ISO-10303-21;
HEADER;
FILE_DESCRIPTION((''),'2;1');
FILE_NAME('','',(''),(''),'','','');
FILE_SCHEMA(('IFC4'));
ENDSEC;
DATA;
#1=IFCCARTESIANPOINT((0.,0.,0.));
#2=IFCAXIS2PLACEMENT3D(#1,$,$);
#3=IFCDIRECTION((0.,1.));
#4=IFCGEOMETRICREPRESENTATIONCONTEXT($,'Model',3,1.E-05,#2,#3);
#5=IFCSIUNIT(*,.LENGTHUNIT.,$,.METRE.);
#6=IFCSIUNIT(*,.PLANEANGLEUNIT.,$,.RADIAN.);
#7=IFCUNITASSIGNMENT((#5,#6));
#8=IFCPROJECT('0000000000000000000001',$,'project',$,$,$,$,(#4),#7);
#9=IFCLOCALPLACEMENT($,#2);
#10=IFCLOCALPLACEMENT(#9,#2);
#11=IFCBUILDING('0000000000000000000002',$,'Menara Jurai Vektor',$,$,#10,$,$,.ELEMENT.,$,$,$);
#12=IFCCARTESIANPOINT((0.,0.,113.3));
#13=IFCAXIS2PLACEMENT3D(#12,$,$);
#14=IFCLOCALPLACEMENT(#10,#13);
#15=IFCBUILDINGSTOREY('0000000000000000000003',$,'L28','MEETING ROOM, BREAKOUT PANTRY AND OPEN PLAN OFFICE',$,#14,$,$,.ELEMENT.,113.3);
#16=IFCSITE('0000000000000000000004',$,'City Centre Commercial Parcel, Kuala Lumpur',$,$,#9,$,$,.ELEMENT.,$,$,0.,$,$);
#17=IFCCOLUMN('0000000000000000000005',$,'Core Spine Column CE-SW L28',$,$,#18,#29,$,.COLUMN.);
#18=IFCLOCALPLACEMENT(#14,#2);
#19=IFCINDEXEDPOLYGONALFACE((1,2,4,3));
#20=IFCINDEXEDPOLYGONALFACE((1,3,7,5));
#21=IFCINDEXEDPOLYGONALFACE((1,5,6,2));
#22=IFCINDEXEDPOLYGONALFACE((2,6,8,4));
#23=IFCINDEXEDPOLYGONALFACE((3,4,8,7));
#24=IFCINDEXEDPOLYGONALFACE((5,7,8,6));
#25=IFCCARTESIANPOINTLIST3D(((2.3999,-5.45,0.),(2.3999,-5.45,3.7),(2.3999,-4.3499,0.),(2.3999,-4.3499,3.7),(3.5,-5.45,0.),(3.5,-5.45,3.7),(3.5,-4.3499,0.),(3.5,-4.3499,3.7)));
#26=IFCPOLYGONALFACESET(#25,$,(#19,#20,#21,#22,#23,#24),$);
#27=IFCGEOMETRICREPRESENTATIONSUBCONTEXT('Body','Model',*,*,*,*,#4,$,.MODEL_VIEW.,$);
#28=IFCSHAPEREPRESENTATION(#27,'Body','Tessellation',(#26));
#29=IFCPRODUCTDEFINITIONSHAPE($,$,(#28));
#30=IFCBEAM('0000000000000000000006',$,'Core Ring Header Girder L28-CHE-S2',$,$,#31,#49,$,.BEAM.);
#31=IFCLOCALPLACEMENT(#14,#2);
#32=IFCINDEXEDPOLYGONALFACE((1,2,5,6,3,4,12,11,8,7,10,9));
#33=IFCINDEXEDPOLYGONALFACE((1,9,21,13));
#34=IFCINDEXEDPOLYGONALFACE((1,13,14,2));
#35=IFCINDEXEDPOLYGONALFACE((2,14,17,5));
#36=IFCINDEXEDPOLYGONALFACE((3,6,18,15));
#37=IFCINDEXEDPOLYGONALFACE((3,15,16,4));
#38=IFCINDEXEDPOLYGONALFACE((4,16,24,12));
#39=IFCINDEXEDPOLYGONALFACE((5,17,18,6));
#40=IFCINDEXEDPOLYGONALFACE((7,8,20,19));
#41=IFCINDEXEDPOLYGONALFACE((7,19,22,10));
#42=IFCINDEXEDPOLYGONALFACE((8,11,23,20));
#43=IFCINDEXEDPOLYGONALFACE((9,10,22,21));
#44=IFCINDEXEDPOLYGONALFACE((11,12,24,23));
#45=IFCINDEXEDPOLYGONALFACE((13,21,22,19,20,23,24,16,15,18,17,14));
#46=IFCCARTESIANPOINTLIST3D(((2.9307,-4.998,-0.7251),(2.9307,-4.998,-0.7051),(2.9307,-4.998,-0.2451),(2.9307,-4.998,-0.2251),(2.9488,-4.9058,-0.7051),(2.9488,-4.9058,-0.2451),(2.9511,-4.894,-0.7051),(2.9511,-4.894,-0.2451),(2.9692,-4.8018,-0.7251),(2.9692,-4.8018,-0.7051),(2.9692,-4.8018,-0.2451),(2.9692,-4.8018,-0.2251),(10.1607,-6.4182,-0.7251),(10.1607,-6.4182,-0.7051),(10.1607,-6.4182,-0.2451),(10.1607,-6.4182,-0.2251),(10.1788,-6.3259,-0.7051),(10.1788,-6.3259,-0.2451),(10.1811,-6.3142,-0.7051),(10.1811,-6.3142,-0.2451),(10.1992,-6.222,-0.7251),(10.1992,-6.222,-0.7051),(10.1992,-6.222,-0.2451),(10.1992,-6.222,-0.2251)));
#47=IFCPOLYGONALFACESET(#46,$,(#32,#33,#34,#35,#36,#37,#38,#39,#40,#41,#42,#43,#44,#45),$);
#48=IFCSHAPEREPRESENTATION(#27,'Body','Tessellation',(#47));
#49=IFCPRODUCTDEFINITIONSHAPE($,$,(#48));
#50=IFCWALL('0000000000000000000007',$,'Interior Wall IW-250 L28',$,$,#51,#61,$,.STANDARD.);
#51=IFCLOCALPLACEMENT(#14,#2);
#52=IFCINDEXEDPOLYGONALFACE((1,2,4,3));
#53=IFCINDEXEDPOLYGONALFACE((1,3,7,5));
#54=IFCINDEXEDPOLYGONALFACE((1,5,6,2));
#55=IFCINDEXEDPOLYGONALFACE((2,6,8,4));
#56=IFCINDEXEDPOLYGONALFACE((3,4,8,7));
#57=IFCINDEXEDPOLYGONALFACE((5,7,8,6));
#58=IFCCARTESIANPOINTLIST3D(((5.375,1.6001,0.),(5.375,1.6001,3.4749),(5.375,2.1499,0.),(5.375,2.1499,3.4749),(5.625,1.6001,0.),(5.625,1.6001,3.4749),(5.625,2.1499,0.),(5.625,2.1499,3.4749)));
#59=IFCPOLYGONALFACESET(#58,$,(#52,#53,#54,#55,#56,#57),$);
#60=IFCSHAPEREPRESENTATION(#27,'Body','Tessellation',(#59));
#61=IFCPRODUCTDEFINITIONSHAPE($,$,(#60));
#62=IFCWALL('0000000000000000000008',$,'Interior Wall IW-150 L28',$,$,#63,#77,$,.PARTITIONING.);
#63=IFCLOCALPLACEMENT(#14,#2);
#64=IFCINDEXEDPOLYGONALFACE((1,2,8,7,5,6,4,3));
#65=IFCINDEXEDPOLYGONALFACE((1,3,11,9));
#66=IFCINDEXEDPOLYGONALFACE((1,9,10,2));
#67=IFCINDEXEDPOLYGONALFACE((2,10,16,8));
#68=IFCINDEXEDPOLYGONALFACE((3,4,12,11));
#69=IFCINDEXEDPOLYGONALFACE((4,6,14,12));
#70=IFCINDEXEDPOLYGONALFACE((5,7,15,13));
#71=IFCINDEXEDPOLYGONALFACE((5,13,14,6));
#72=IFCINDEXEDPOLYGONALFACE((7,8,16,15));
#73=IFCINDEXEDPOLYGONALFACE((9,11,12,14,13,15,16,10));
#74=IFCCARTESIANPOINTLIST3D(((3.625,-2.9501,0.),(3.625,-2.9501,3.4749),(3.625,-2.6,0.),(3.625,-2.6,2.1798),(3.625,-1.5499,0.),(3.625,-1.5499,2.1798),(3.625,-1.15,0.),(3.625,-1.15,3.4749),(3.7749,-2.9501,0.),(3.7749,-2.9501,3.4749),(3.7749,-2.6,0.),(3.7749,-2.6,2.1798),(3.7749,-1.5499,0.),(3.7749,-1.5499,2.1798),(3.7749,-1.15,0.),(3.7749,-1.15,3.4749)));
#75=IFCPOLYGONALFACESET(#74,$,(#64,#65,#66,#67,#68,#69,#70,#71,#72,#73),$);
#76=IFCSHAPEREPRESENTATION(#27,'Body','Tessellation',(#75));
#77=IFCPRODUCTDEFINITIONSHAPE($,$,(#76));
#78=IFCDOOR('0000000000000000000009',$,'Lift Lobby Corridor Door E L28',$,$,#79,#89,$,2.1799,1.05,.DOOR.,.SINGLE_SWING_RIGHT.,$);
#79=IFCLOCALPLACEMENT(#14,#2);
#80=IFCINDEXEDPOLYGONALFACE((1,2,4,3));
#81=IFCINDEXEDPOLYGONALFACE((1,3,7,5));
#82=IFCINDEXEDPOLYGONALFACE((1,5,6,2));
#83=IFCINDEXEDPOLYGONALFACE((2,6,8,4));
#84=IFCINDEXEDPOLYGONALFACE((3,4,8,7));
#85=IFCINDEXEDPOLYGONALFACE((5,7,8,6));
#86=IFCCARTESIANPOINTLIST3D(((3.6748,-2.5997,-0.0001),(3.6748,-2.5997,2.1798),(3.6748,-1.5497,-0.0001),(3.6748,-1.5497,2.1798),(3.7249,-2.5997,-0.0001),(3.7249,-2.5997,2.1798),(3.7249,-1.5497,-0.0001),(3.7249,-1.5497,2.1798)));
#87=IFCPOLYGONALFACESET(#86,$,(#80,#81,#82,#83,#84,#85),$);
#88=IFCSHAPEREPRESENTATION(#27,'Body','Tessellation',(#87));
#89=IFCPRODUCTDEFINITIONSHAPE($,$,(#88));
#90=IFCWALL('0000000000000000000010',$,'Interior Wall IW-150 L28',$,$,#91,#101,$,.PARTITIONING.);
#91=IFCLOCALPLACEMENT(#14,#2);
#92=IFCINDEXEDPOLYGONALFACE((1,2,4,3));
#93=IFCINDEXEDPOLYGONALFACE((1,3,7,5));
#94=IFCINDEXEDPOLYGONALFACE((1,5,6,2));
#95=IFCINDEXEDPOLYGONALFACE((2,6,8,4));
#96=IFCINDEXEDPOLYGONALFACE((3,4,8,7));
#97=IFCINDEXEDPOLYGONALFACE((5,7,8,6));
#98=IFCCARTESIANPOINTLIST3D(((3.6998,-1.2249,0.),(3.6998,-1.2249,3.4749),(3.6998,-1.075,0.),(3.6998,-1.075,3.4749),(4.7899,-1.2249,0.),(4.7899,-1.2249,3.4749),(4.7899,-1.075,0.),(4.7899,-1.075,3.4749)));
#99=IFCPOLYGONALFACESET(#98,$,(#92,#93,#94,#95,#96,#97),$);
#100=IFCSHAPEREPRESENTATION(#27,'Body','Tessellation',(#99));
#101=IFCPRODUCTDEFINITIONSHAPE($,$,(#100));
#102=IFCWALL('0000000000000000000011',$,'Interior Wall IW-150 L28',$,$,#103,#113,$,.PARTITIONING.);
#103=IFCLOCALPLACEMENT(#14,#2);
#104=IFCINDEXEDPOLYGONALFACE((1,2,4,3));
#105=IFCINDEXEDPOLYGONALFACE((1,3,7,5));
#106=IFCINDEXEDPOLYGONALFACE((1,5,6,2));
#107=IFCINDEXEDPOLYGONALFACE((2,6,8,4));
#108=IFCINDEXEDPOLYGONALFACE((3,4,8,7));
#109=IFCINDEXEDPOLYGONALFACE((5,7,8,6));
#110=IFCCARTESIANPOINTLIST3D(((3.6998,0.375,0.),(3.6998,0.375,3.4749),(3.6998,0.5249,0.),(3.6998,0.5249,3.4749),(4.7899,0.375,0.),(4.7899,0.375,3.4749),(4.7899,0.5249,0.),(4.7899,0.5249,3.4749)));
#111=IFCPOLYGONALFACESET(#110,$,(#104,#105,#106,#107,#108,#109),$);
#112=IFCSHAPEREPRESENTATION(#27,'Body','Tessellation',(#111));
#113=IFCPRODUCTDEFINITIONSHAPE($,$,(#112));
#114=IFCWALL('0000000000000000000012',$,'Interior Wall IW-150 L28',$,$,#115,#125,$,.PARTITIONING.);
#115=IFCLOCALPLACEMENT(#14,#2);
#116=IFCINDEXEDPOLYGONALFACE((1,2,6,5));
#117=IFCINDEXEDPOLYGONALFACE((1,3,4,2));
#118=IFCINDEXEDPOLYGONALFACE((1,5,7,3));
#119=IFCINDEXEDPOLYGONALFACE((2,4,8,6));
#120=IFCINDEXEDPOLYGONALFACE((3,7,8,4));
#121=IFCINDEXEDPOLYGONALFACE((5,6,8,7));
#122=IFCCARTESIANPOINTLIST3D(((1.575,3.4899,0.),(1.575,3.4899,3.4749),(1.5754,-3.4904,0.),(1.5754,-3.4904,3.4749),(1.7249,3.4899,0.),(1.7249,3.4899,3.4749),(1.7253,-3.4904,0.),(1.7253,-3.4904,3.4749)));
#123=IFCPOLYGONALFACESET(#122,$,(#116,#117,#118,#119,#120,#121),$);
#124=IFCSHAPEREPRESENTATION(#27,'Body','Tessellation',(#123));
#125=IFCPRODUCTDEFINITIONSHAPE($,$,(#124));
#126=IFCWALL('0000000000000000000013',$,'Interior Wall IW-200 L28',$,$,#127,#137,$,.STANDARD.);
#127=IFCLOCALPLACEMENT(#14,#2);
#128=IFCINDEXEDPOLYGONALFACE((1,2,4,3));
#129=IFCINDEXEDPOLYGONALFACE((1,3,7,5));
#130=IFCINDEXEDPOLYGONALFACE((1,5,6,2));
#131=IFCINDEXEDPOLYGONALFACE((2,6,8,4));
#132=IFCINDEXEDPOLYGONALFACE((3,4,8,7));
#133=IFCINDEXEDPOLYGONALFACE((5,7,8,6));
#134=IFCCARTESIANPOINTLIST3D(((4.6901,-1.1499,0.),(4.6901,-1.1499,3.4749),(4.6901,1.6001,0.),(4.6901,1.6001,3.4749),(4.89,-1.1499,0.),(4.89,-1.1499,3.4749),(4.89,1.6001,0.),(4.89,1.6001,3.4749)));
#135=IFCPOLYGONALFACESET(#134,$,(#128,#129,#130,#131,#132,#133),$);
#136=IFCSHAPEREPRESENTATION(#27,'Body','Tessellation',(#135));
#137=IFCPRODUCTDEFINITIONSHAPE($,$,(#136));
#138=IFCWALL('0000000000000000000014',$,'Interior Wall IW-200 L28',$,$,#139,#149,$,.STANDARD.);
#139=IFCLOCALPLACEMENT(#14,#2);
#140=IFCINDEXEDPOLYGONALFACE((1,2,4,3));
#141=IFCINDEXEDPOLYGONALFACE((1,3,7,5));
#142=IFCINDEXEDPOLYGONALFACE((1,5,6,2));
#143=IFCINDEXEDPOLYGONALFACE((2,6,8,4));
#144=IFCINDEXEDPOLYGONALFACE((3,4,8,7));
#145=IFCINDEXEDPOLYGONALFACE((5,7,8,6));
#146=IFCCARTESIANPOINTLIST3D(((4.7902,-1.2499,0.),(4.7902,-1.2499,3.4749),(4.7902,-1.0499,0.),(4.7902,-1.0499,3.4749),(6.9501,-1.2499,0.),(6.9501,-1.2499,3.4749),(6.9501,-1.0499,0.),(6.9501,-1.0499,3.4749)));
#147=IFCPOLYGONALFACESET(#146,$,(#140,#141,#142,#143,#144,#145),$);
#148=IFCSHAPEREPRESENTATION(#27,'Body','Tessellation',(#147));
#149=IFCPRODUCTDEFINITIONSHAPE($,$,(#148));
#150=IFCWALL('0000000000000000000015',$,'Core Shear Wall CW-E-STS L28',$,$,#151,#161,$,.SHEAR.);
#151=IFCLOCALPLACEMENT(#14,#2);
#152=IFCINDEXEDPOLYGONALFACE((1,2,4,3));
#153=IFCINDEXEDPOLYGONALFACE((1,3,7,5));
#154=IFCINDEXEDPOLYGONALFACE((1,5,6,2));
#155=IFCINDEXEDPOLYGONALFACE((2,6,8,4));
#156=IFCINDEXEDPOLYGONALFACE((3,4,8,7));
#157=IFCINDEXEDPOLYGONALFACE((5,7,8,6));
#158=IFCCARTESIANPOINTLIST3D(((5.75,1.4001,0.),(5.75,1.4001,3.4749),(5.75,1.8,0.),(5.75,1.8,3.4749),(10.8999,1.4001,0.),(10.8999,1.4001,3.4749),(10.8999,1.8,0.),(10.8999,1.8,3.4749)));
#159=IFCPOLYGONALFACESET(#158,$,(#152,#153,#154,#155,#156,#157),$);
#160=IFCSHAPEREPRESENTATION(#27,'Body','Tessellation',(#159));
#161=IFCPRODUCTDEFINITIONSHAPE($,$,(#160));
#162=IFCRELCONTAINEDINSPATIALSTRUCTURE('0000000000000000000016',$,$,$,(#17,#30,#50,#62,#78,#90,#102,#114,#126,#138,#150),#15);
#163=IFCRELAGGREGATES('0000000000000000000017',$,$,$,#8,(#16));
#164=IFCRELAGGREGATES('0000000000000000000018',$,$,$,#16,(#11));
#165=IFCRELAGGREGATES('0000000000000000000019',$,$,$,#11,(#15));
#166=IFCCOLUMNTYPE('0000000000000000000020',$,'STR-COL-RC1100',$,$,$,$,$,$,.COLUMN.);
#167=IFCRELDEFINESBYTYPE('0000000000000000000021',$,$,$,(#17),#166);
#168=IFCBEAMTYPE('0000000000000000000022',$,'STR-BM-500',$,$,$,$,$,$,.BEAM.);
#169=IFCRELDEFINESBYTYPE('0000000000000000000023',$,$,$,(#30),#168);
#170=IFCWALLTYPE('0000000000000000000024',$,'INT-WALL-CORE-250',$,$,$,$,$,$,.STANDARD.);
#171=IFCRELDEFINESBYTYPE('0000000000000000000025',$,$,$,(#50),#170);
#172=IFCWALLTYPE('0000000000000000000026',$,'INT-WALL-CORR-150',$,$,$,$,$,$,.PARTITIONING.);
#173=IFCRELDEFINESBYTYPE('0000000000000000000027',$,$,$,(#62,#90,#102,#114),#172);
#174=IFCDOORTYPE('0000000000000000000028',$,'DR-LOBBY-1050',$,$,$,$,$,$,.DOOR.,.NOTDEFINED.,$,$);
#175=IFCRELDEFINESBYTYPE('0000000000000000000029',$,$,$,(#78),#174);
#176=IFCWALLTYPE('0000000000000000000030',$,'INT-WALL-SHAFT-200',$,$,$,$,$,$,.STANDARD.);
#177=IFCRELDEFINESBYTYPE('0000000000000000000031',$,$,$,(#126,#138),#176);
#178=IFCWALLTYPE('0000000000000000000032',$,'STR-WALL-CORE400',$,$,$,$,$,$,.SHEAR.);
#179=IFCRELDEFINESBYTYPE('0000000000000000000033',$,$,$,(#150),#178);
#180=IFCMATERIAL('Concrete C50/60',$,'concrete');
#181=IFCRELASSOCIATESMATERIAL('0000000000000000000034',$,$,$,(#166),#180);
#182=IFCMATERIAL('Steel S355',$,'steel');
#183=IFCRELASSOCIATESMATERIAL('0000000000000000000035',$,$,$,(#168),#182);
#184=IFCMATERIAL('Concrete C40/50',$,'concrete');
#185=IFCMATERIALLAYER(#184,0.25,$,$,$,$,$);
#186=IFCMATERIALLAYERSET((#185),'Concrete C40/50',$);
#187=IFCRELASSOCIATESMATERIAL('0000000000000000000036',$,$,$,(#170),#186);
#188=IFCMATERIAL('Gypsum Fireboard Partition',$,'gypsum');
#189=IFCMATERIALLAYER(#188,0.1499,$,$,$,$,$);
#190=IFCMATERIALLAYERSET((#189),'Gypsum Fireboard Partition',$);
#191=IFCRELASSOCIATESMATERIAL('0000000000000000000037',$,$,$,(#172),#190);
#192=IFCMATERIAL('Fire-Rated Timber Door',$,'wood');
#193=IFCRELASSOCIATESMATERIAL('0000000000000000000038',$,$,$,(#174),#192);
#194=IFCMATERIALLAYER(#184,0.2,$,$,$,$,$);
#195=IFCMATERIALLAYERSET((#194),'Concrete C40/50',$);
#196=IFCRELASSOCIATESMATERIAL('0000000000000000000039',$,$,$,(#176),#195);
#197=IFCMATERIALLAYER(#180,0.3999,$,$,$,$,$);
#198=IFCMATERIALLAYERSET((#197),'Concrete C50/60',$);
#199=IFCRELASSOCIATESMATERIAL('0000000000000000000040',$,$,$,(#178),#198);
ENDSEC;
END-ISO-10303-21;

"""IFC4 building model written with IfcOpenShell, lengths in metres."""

from ifc_helpers import new_model, si_unit, direction, frame, frame_2d, origin, origin_2d, place, context, subcontext, project, spatial, rectangle, i_section, extrude, material, layer, layer_set, material_profile, profile_set, type_object, element, fill, save


model = new_model("IFC4")

# Units and contexts
model_context = context("Model", 3, precision=1e-05, world=origin(), true_north=direction((0.0, 1.0)))
body_context = subcontext(model_context, "Body", "Model", "MODEL_VIEW")
ifc_project = project(units=[si_unit("LENGTHUNIT", "METRE"), si_unit("PLANEANGLEUNIT", "RADIAN")], contexts=[model_context])

# Site, building, storey
site_placement = place(None, origin())
site = spatial("IfcSite", under=ifc_project, at=site_placement, Name="City Centre Commercial Parcel, Kuala Lumpur", CompositionType="ELEMENT", RefElevation=0.0)
building_placement = place(site_placement, origin())
building = spatial("IfcBuilding", under=site, at=building_placement, Name="Menara Jurai Vektor", CompositionType="ELEMENT")
storey_placement = place(building_placement, frame((0.0, 0.0, 113.3)))
storey = spatial("IfcBuildingStorey", under=building, at=storey_placement, Name="L28", Description="MEETING ROOM, BREAKOUT PANTRY AND OPEN PLAN OFFICE", CompositionType="ELEMENT", Elevation=113.3)

# Column
ifc_material_1 = material(Name="Concrete C50/60", Category="concrete")
ifc_material_profile_1 = material_profile(ifc_material_1, rectangle(XDim=1.1001, YDim=1.1001, at=origin_2d()), Name="RC 1100x1100")
ifc_profile_set_1 = profile_set([ifc_material_profile_1], Name="Concrete C50/60")
column_type = type_object("IfcColumnType", Name="STR-COL-RC1100", PredefinedType="COLUMN", material=ifc_profile_set_1)
column_placement = place(storey_placement, frame((2.95, -4.8999, 0.0), z_axis=(0.0, 0.0, 1.0), x_axis=(1.0, 0.0, 0.0)))
element("IfcColumn", 1, at=column_placement, inside=storey, type_object=column_type, Name="Core Spine Column CE-SW L28", PredefinedType="COLUMN", context=body_context, shape_type="SweptSolid", body=[
    extrude(rectangle(XDim=1.1001, YDim=1.1001, at=origin_2d()), origin(), (0.0, 0.0, 1.0), 3.7),
])

# Beam
ifc_material_2 = material(Name="Steel S355", Category="steel")
ifc_material_profile_2 = material_profile(ifc_material_2, i_section(OverallWidth=0.2, OverallDepth=0.5, WebThickness=0.012, FlangeThickness=0.02, at=origin_2d()), Name="PG 500x200x96")
ifc_profile_set_2 = profile_set([ifc_material_profile_2], Name="Steel S355")
beam_type = type_object("IfcBeamType", Name="STR-BM-500", PredefinedType="BEAM", material=ifc_profile_set_2)
beam_placement = place(storey_placement, frame((2.95, -4.8999, -0.4751), z_axis=(0.981249, -0.192744, 0.0), x_axis=(0.192744, 0.981249, 0.0)))
element("IfcBeam", 2, at=beam_placement, inside=storey, type_object=beam_type, Name="Core Ring Header Girder L28-CHE-S2", PredefinedType="BEAM", context=body_context, shape_type="SweptSolid", body=[
    extrude(i_section(OverallWidth=0.2, OverallDepth=0.5, WebThickness=0.012, FlangeThickness=0.02, at=origin_2d()), origin(), (0.0, 0.0, 1.0), 7.3682),
])

# Wall
ifc_material_3 = material(Name="Concrete C40/50", Category="concrete")
ifc_layer_1 = layer(ifc_material_3, 0.25)
ifc_layer_set_1 = layer_set([ifc_layer_1], Name="Concrete C40/50")
wall_type_1 = type_object("IfcWallType", Name="INT-WALL-CORE-250", PredefinedType="STANDARD", material=ifc_layer_set_1)
wall_1_placement = place(storey_placement, frame((5.5, 1.6001, 0.0), z_axis=(0.0, 0.0, 1.0), x_axis=(0.0, 1.0, 0.0)))
element("IfcWall", 3, at=wall_1_placement, inside=storey, type_object=wall_type_1, Name="Interior Wall IW-250 L28", PredefinedType="STANDARD", context=body_context, shape_type="SweptSolid", body=[
    extrude(rectangle(XDim=0.5498, YDim=0.25, at=frame_2d((0.2749, 0.0))), origin(), (0.0, 0.0, 1.0), 3.4749),
])

# Wall, opening, door
ifc_material_4 = material(Name="Gypsum Fireboard Partition", Category="gypsum")
ifc_layer_2 = layer(ifc_material_4, 0.1499)
ifc_layer_set_2 = layer_set([ifc_layer_2], Name="Gypsum Fireboard Partition")
wall_type_2 = type_object("IfcWallType", Name="INT-WALL-CORR-150", PredefinedType="PARTITIONING", material=ifc_layer_set_2)
wall_2_placement = place(storey_placement, frame((3.7, -2.95, 0.0), z_axis=(0.0, 0.0, 1.0), x_axis=(0.0, 1.0, 0.0)))
wall_2 = element("IfcWall", 4, at=wall_2_placement, inside=storey, type_object=wall_type_2, Name="Interior Wall IW-150 L28", PredefinedType="PARTITIONING", context=body_context, shape_type="SweptSolid", body=[
    extrude(rectangle(XDim=1.8, YDim=0.1499, at=frame_2d((0.8999, 0.0))), origin(), (0.0, 0.0, 1.0), 3.4749),
])
opening_1_placement = place(wall_2_placement, frame((0.3501, 0.0, 0.0)))
opening_1 = element("IfcOpeningElement", 5, at=opening_1_placement, cuts=wall_2, PredefinedType="OPENING", context=body_context, shape_type="SweptSolid", body=[
    extrude(rectangle(XDim=1.05, YDim=2.1799, at=frame_2d((0.5249, 1.0898))), frame((0.0, 0.085, 0.0), z_axis=(0.0, -1.0, 0.0), x_axis=(1.0, 0.0, 0.0)), (0.0, 0.0, 1.0), 0.1699),
])
ifc_material_5 = material(Name="Fire-Rated Timber Door", Category="wood")
door_type_1 = type_object("IfcDoorType", Name="DR-LOBBY-1050", OperationType="NOTDEFINED", PredefinedType="DOOR", material=ifc_material_5)
door_1_placement = place(opening_1_placement, frame((1.05, 0.0, 0.0), z_axis=(0.0, 0.0, 1.0), x_axis=(-1.0, 0.0, 0.0)))
door_1 = element("IfcDoor", 6, at=door_1_placement, inside=storey, type_object=door_type_1, Name="Lift Lobby Corridor Door E L28", OperationType="SINGLE_SWING_RIGHT", OverallHeight=2.1799, OverallWidth=1.05, PredefinedType="DOOR", context=body_context, shape_type="SweptSolid", body=[
    extrude(rectangle(XDim=1.05, YDim=2.1799, at=frame_2d((0.5249, 1.0898))), frame((0.0, 0.0249, 0.0), z_axis=(0.0, -1.0, 0.0), x_axis=(1.0, 0.0, 0.0)), (0.0, 0.0, 1.0), 0.05),
])
fill(opening_1, door_1)

# Walls
for number, where, z_axis, x_axis, name in (
    (7, (3.7, -1.1499, 0.0), (0.0, 0.0, 1.0), (1.0, 0.0, 0.0), "Interior Wall IW-150 L28"),
    (8, (3.7, 0.45, 0.0), (0.0, 0.0, 1.0), (1.0, 0.0, 0.0), "Interior Wall IW-150 L28"),
):
    element("IfcWall", number, at=place(storey_placement, frame(where, z_axis=z_axis, x_axis=x_axis)), inside=storey, type_object=wall_type_2, Name=name, PredefinedType="PARTITIONING", context=body_context, shape_type="SweptSolid", body=[
        extrude(rectangle(XDim=1.0901, YDim=0.1499, at=frame_2d((0.5449, 0.0))), origin(), (0.0, 0.0, 1.0), 3.4749),
    ])
wall_3_placement = place(storey_placement, frame((1.6504, -3.4905, 0.0), z_axis=(0.0, 0.0, 1.0), x_axis=(-0.00007, 1.0, 0.0)))
element("IfcWall", 9, at=wall_3_placement, inside=storey, type_object=wall_type_2, Name="Interior Wall IW-150 L28", PredefinedType="PARTITIONING", context=body_context, shape_type="SweptSolid", body=[
    extrude(rectangle(XDim=6.9802, YDim=0.1499, at=frame_2d((3.4902, 0.0))), origin(), (0.0, 0.0, 1.0), 3.4749),
])

# Shared definitions
ifc_layer_3 = layer(ifc_material_3, 0.2)
ifc_layer_set_3 = layer_set([ifc_layer_3], Name="Concrete C40/50")
wall_type_3 = type_object("IfcWallType", Name="INT-WALL-SHAFT-200", PredefinedType="STANDARD", material=ifc_layer_set_3)

# Walls
wall_4_placement = place(storey_placement, frame((4.79, -1.1499, 0.0), z_axis=(0.0, 0.0, 1.0), x_axis=(0.0, 1.0, 0.0)))
element("IfcWall", 10, at=wall_4_placement, inside=storey, type_object=wall_type_3, Name="Interior Wall IW-200 L28", PredefinedType="STANDARD", context=body_context, shape_type="SweptSolid", body=[
    extrude(rectangle(XDim=2.75, YDim=0.2, at=frame_2d((1.375, 0.0))), origin(), (0.0, 0.0, 1.0), 3.4749),
])
wall_5_placement = place(storey_placement, frame((4.79, -1.1499, 0.0), z_axis=(0.0, 0.0, 1.0), x_axis=(1.0, 0.0, 0.0)))
element("IfcWall", 11, at=wall_5_placement, inside=storey, type_object=wall_type_3, Name="Interior Wall IW-200 L28", PredefinedType="STANDARD", context=body_context, shape_type="SweptSolid", body=[
    extrude(rectangle(XDim=2.1599, YDim=0.2, at=frame_2d((1.0801, 0.0))), origin(), (0.0, 0.0, 1.0), 3.4749),
])

# Wall
ifc_layer_4 = layer(ifc_material_1, 0.3999)
ifc_layer_set_4 = layer_set([ifc_layer_4], Name="Concrete C50/60")
wall_type_4 = type_object("IfcWallType", Name="STR-WALL-CORE400", PredefinedType="SHEAR", material=ifc_layer_set_4)
wall_6_placement = place(storey_placement, frame((5.75, 1.6001, 0.0), z_axis=(0.0, 0.0, 1.0), x_axis=(1.0, 0.0, 0.0)))
element("IfcWall", 12, at=wall_6_placement, inside=storey, type_object=wall_type_4, Name="Core Shear Wall CW-E-STS L28", PredefinedType="SHEAR", context=body_context, shape_type="SweptSolid", body=[
    extrude(rectangle(XDim=5.1499, YDim=0.3999, at=frame_2d((2.575, 0.0))), origin(), (0.0, 0.0, 1.0), 3.4749),
])

save(model, "model.ifc")
